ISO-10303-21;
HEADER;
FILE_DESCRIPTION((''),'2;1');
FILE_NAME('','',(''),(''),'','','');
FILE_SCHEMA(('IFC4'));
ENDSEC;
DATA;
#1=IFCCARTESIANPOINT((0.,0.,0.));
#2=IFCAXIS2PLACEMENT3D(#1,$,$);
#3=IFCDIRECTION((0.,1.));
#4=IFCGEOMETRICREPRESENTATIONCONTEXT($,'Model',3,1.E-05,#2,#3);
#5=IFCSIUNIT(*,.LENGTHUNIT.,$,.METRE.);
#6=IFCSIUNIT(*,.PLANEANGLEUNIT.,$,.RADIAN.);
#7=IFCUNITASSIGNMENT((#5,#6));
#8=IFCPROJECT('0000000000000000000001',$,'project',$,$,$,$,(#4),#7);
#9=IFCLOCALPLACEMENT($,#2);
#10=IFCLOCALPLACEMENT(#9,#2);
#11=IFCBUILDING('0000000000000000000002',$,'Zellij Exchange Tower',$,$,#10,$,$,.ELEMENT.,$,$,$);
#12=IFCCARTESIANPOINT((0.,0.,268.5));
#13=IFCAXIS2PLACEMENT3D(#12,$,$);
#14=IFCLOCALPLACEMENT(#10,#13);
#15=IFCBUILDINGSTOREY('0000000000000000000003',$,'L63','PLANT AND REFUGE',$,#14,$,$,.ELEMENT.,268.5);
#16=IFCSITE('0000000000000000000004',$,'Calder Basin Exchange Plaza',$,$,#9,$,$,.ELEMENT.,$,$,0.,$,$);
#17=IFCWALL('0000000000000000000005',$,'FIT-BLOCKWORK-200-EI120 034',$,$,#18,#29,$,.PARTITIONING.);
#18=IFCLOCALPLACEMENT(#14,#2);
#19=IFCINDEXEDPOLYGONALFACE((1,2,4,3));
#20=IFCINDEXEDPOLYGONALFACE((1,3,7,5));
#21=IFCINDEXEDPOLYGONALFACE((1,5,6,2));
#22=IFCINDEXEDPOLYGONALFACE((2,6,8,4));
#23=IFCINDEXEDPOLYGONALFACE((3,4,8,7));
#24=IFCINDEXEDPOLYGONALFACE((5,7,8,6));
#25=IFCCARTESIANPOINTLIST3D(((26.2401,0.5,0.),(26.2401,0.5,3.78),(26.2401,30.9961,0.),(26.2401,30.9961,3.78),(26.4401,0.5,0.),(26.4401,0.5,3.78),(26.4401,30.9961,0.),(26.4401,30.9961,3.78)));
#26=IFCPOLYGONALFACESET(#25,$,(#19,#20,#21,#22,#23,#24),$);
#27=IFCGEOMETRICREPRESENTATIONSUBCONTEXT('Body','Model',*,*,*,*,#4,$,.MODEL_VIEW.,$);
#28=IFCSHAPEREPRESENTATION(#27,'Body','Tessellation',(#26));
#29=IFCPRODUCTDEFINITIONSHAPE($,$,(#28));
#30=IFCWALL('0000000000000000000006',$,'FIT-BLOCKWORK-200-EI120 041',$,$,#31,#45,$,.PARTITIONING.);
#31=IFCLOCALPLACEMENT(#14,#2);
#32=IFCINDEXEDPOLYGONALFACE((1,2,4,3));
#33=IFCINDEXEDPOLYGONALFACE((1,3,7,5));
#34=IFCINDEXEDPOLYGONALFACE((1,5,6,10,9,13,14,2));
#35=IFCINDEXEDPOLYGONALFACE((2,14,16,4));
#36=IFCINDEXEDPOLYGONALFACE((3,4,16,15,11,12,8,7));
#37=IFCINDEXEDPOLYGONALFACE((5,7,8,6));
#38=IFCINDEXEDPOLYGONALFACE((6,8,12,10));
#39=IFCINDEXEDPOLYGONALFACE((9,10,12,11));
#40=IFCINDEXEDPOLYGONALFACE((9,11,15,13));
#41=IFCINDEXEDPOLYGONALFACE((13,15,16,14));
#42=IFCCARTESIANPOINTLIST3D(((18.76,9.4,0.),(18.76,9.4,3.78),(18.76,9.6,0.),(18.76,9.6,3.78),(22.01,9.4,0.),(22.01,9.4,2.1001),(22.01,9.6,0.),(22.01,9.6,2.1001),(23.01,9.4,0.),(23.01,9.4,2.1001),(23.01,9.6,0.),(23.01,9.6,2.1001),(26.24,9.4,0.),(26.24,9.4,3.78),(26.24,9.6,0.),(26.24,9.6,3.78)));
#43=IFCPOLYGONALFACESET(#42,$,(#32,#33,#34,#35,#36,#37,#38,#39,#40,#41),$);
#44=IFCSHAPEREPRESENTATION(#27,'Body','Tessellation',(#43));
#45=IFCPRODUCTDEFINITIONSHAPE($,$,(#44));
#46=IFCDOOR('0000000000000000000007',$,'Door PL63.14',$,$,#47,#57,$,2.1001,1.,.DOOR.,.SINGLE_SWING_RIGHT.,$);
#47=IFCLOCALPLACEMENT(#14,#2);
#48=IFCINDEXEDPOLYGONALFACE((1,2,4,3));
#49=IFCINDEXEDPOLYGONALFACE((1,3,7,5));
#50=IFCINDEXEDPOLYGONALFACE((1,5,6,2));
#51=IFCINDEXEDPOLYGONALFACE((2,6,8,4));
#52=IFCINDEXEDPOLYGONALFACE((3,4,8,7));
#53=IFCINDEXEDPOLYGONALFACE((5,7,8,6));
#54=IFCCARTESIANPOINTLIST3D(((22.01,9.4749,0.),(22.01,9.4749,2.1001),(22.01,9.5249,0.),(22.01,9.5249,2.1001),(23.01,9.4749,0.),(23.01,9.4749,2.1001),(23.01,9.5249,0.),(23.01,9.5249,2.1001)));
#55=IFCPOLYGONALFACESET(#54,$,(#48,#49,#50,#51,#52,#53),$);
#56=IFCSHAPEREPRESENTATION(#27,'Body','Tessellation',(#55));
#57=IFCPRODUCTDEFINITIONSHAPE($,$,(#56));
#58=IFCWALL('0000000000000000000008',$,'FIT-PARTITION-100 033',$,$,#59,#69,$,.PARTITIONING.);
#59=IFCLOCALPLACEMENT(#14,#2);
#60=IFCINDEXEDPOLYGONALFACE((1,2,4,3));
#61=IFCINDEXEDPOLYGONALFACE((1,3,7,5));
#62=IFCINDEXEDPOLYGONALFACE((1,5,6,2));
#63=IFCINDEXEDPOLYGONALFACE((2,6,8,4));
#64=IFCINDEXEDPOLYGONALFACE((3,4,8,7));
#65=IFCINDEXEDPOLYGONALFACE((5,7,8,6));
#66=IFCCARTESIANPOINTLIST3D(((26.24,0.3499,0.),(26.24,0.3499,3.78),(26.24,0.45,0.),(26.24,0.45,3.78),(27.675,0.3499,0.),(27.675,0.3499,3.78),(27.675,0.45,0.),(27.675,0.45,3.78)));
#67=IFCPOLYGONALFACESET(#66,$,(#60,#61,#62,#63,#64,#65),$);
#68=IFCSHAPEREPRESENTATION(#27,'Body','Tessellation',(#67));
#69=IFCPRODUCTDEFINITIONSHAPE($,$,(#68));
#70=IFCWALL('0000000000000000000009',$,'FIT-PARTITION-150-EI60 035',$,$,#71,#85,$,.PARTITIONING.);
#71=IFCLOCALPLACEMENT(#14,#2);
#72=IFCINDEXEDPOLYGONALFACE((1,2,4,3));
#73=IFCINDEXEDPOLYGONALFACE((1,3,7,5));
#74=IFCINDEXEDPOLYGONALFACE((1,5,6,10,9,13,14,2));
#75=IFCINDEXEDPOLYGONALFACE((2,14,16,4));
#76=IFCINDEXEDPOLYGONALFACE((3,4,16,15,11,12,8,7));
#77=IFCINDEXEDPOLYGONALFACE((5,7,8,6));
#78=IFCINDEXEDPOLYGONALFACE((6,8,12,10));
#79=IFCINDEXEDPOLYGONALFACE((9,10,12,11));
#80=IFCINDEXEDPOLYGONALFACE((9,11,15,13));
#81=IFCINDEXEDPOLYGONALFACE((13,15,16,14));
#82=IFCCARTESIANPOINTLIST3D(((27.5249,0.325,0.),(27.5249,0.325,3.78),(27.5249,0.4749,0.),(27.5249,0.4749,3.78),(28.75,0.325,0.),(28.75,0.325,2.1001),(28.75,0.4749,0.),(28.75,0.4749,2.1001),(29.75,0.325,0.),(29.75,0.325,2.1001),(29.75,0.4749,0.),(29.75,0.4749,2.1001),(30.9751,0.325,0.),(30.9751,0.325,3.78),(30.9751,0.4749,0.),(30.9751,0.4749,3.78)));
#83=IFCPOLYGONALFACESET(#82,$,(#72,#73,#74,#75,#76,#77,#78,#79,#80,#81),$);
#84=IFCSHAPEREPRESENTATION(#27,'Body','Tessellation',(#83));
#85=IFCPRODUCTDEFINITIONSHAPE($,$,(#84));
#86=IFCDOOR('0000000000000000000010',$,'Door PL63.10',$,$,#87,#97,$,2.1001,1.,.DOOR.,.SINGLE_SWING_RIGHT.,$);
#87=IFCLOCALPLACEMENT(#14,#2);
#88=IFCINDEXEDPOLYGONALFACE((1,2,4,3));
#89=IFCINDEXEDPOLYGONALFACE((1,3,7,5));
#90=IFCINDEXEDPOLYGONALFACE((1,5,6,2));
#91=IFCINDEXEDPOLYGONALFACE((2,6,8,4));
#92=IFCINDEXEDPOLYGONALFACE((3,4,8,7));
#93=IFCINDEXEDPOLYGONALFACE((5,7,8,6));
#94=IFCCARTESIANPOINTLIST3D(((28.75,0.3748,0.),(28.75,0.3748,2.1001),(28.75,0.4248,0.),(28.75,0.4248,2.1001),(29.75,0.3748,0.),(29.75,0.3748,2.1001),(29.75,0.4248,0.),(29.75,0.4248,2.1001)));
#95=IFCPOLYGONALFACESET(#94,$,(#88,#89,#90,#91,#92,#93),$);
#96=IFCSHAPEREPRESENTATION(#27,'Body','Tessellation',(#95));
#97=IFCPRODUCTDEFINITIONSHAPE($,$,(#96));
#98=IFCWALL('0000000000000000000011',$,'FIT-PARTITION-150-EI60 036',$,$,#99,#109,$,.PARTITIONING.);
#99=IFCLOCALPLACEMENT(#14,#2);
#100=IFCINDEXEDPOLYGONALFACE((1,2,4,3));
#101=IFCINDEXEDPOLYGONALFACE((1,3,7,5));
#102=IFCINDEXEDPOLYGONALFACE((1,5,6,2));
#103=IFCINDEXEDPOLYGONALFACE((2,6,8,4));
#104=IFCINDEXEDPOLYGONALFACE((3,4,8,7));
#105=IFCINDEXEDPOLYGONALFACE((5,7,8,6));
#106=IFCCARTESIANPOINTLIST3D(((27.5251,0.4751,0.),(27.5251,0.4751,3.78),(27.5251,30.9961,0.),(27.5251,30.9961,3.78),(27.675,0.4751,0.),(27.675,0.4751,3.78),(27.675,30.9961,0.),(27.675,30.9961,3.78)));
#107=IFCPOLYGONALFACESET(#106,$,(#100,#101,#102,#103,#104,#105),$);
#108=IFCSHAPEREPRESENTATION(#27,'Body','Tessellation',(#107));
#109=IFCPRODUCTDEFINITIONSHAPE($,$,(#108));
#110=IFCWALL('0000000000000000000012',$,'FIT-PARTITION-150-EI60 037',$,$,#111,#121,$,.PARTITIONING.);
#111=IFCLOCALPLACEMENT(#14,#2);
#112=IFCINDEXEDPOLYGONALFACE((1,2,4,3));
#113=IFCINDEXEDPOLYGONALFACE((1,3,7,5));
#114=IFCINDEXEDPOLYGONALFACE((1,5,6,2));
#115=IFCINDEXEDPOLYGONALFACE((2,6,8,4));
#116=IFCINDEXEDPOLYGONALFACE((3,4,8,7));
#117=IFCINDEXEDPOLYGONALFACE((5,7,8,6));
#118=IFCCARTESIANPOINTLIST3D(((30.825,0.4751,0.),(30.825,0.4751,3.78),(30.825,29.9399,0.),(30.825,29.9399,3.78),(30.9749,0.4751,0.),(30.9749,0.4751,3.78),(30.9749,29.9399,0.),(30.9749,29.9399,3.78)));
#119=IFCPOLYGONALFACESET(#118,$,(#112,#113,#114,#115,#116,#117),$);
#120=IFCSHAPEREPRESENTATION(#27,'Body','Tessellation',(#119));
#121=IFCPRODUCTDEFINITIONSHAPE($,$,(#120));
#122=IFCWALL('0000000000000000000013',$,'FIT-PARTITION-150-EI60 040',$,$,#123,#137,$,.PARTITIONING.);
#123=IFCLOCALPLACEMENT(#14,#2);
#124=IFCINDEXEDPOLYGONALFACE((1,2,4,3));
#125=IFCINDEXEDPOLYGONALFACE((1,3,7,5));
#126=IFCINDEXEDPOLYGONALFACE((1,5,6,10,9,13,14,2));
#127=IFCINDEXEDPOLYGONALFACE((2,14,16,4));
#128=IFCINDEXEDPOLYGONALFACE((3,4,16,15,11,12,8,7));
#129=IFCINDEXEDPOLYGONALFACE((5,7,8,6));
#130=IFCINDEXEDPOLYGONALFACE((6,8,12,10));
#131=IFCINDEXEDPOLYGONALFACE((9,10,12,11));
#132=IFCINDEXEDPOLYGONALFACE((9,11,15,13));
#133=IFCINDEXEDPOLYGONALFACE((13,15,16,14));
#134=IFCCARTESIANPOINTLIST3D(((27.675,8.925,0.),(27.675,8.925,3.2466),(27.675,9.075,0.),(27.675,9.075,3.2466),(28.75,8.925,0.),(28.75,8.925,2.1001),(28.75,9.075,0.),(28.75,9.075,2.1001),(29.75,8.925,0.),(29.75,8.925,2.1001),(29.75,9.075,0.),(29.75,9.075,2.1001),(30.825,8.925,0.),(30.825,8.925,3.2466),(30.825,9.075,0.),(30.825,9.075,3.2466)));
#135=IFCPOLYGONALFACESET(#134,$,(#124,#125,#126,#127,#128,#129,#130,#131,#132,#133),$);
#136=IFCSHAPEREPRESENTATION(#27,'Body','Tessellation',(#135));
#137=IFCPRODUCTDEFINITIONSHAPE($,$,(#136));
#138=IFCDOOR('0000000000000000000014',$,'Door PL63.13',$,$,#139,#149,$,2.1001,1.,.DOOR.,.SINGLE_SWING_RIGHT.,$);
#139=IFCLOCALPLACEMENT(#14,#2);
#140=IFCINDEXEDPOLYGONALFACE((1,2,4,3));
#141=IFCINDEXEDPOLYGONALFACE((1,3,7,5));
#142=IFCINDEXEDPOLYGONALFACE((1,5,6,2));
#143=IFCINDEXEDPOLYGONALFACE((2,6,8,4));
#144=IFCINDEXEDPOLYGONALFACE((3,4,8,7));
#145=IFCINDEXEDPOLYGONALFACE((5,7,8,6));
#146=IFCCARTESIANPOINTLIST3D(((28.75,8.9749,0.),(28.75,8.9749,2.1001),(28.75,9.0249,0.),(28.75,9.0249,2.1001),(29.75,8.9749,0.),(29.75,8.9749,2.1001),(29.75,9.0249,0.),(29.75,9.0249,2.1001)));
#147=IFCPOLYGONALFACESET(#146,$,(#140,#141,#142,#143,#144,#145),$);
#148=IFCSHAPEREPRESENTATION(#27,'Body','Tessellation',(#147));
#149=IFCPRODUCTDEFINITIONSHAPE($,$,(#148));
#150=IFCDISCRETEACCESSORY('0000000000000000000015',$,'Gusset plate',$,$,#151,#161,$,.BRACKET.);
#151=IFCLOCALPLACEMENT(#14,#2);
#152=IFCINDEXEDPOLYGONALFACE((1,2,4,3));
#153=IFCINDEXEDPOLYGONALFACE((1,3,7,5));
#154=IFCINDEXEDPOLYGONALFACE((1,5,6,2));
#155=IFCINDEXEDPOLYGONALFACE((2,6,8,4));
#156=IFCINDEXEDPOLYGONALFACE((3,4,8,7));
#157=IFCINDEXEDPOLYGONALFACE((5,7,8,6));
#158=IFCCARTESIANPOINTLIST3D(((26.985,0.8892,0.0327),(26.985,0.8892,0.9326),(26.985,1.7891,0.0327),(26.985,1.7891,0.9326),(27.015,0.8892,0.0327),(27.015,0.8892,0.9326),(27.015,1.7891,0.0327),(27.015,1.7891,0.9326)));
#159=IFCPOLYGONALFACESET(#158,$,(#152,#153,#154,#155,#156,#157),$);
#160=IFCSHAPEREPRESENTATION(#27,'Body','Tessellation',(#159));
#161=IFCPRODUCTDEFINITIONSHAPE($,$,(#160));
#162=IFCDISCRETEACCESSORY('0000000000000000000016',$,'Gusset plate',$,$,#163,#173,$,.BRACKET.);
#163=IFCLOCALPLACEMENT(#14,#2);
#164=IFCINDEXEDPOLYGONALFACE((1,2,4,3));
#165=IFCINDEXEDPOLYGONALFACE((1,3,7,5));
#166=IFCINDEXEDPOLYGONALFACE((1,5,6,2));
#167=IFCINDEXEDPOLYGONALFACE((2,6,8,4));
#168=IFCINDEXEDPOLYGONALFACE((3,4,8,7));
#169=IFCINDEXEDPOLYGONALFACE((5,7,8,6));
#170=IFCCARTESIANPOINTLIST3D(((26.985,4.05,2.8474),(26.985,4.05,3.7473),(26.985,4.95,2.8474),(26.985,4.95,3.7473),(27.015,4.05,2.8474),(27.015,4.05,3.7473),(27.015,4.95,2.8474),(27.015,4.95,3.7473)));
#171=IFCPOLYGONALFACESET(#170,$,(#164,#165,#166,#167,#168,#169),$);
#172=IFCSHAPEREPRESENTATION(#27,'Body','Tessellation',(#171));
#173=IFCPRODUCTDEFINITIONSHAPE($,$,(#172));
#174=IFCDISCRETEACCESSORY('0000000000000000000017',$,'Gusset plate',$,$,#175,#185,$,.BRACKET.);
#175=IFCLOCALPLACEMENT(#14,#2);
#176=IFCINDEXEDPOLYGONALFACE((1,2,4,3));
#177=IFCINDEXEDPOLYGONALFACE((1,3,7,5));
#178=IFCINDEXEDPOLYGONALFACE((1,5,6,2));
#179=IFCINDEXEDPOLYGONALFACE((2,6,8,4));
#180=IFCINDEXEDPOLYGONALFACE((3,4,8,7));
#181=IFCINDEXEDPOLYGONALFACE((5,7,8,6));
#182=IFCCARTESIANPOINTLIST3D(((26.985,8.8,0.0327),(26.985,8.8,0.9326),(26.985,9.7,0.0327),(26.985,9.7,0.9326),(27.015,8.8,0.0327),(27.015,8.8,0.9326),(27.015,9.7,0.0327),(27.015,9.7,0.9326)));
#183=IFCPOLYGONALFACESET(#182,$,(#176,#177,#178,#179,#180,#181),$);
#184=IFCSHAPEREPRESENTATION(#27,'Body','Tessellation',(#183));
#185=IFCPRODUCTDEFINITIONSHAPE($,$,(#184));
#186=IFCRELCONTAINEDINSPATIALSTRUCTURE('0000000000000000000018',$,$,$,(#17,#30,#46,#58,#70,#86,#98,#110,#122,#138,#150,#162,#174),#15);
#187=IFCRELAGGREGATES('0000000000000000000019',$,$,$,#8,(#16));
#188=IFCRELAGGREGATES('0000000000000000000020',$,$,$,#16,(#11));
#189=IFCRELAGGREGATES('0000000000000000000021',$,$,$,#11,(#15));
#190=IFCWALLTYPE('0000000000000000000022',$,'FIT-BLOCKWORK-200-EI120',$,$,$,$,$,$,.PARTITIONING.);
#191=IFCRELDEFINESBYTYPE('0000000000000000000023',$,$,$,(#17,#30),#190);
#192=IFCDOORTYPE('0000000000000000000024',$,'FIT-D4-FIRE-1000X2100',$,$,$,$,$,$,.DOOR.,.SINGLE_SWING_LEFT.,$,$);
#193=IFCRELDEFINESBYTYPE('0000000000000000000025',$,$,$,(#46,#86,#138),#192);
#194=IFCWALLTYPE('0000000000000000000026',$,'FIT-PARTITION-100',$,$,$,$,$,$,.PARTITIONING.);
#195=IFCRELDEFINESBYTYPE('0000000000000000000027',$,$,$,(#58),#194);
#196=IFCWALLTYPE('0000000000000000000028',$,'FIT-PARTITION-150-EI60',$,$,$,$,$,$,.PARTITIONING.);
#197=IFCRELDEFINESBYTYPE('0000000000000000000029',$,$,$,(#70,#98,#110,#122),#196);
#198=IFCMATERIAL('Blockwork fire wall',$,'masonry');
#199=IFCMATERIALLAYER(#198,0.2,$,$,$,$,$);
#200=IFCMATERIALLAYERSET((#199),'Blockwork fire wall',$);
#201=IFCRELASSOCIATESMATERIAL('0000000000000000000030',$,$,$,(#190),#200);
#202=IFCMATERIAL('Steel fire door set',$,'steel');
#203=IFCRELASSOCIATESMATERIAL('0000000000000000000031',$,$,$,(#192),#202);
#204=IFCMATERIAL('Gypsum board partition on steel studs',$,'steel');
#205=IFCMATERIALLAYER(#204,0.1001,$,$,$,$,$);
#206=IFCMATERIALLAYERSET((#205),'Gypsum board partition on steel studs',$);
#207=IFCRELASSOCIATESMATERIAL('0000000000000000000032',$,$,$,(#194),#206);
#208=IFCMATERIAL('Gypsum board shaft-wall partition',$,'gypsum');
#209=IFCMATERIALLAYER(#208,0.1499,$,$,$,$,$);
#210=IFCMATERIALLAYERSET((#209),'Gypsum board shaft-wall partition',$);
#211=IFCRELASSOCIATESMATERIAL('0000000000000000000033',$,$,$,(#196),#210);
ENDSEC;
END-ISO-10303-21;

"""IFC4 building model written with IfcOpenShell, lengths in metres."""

from ifc_helpers import new_model, si_unit, direction, frame, frame_2d, origin, origin_2d, place, context, subcontext, project, spatial, rectangle, extrude, material, layer, layer_set, type_object, element, fill, save


model = new_model("IFC4")

# Units and contexts
model_context = context("Model", 3, precision=1e-05, world=origin(), true_north=direction((0.0, 1.0)))
body_context = subcontext(model_context, "Body", "Model", "MODEL_VIEW")
ifc_project = project(units=[si_unit("LENGTHUNIT", "METRE"), si_unit("PLANEANGLEUNIT", "RADIAN")], contexts=[model_context])

# Site, building, storey
site_placement = place(None, origin())
site = spatial("IfcSite", under=ifc_project, at=site_placement, Name="Calder Basin Exchange Plaza", CompositionType="ELEMENT", RefElevation=0.0)
building_placement = place(site_placement, origin())
building = spatial("IfcBuilding", under=site, at=building_placement, Name="Zellij Exchange Tower", CompositionType="ELEMENT")
storey_placement = place(building_placement, frame((0.0, 0.0, 268.5)))
storey = spatial("IfcBuildingStorey", under=building, at=storey_placement, Name="L63", Description="PLANT AND REFUGE", CompositionType="ELEMENT", Elevation=268.5)

# Wall
ifc_material_1 = material(Name="Blockwork fire wall", Category="masonry")
ifc_layer_1 = layer(ifc_material_1, 0.2)
ifc_layer_set_1 = layer_set([ifc_layer_1], Name="Blockwork fire wall")
wall_type_1 = type_object("IfcWallType", Name="FIT-BLOCKWORK-200-EI120", PredefinedType="PARTITIONING", material=ifc_layer_set_1)
wall_1_placement = place(storey_placement, frame((26.3401, 0.5, 0.0), z_axis=(0.0, 0.0, 1.0), x_axis=(0.0, 1.0, 0.0)))
element("IfcWall", 1, at=wall_1_placement, inside=storey, type_object=wall_type_1, Name="FIT-BLOCKWORK-200-EI120 034", PredefinedType="PARTITIONING", context=body_context, shape_type="SweptSolid", body=[
    extrude(rectangle(XDim=30.4961, YDim=0.2, at=frame_2d((15.248, 0.0))), origin(), (0.0, 0.0, 1.0), 3.78),
])

# Wall, opening, door
wall_2_placement = place(storey_placement, frame((18.76, 9.5, 0.0), z_axis=(0.0, 0.0, 1.0), x_axis=(1.0, 0.0, 0.0)))
wall_2 = element("IfcWall", 2, at=wall_2_placement, inside=storey, type_object=wall_type_1, Name="FIT-BLOCKWORK-200-EI120 041", PredefinedType="PARTITIONING", context=body_context, shape_type="SweptSolid", body=[
    extrude(rectangle(XDim=7.48, YDim=0.2, at=frame_2d((3.74, 0.0))), origin(), (0.0, 0.0, 1.0), 3.78),
])
opening_1_placement = place(wall_2_placement, frame((3.25, 0.0, 0.0)))
opening_1 = element("IfcOpeningElement", 3, at=opening_1_placement, cuts=wall_2, PredefinedType="OPENING", context=body_context, shape_type="SweptSolid", body=[
    extrude(rectangle(XDim=1.0, YDim=2.1001, at=frame_2d((0.5, 1.05))), frame((0.0, 0.1118, 0.0), z_axis=(0.0, -1.0, 0.0), x_axis=(1.0, 0.0, 0.0)), (0.0, 0.0, 1.0), 0.2239),
])
ifc_material_2 = material(Name="Steel fire door set", Category="steel")
door_type = type_object("IfcDoorType", Name="FIT-D4-FIRE-1000X2100", OperationType="SINGLE_SWING_LEFT", PredefinedType="DOOR", material=ifc_material_2)
door_1_placement = place(opening_1_placement, origin())
door_1 = element("IfcDoor", 4, at=door_1_placement, inside=storey, type_object=door_type, Name="Door PL63.14", OperationType="SINGLE_SWING_RIGHT", OverallHeight=2.1001, OverallWidth=1.0, PredefinedType="DOOR", context=body_context, shape_type="SweptSolid", body=[
    extrude(rectangle(XDim=1.0, YDim=2.1001, at=frame_2d((0.5, 1.05))), frame((0.0, 0.0249, 0.0), z_axis=(0.0, -1.0, 0.0), x_axis=(1.0, 0.0, 0.0)), (0.0, 0.0, 1.0), 0.05),
])
fill(opening_1, door_1)

# Wall
ifc_material_3 = material(Name="Gypsum board partition on steel studs", Category="steel")
ifc_layer_2 = layer(ifc_material_3, 0.1001)
ifc_layer_set_2 = layer_set([ifc_layer_2], Name="Gypsum board partition on steel studs")
wall_type_2 = type_object("IfcWallType", Name="FIT-PARTITION-100", PredefinedType="PARTITIONING", material=ifc_layer_set_2)
wall_3_placement = place(storey_placement, frame((26.24, 0.3999, 0.0), z_axis=(0.0, 0.0, 1.0), x_axis=(1.0, 0.0, 0.0)))
element("IfcWall", 5, at=wall_3_placement, inside=storey, type_object=wall_type_2, Name="FIT-PARTITION-100 033", PredefinedType="PARTITIONING", context=body_context, shape_type="SweptSolid", body=[
    extrude(rectangle(XDim=1.4351, YDim=0.1001, at=frame_2d((0.7175, 0.0))), origin(), (0.0, 0.0, 1.0), 3.78),
])

# Wall, opening, door
ifc_material_4 = material(Name="Gypsum board shaft-wall partition", Category="gypsum")
ifc_layer_3 = layer(ifc_material_4, 0.1499)
ifc_layer_set_3 = layer_set([ifc_layer_3], Name="Gypsum board shaft-wall partition")
wall_type_3 = type_object("IfcWallType", Name="FIT-PARTITION-150-EI60", PredefinedType="PARTITIONING", material=ifc_layer_set_3)
wall_4_placement = place(storey_placement, frame((27.5249, 0.3999, 0.0), z_axis=(0.0, 0.0, 1.0), x_axis=(1.0, 0.0, 0.0)))
wall_4 = element("IfcWall", 6, at=wall_4_placement, inside=storey, type_object=wall_type_3, Name="FIT-PARTITION-150-EI60 035", PredefinedType="PARTITIONING", context=body_context, shape_type="SweptSolid", body=[
    extrude(rectangle(XDim=3.4502, YDim=0.1499, at=frame_2d((1.7251, 0.0))), origin(), (0.0, 0.0, 1.0), 3.78),
])
opening_2_placement = place(wall_4_placement, frame((1.2251, 0.0, 0.0)))
opening_2 = element("IfcOpeningElement", 7, at=opening_2_placement, cuts=wall_4, PredefinedType="OPENING", context=body_context, shape_type="SweptSolid", body=[
    extrude(rectangle(XDim=1.0, YDim=2.1001, at=frame_2d((0.5, 1.05))), frame((0.0, 0.0869, 0.0), z_axis=(0.0, -1.0, 0.0), x_axis=(1.0, 0.0, 0.0)), (0.0, 0.0, 1.0), 0.1738),
])
door_2_placement = place(opening_2_placement, origin())
door_2 = element("IfcDoor", 8, at=door_2_placement, inside=storey, type_object=door_type, Name="Door PL63.10", OperationType="SINGLE_SWING_RIGHT", OverallHeight=2.1001, OverallWidth=1.0, PredefinedType="DOOR", context=body_context, shape_type="SweptSolid", body=[
    extrude(rectangle(XDim=1.0, YDim=2.1001, at=frame_2d((0.5, 1.05))), frame((0.0, 0.0249, 0.0), z_axis=(0.0, -1.0, 0.0), x_axis=(1.0, 0.0, 0.0)), (0.0, 0.0, 1.0), 0.05),
])
fill(opening_2, door_2)

# Walls
wall_5_placement = place(storey_placement, frame((27.6001, 0.4751, 0.0), z_axis=(0.0, 0.0, 1.0), x_axis=(0.0, 1.0, 0.0)))
element("IfcWall", 9, at=wall_5_placement, inside=storey, type_object=wall_type_3, Name="FIT-PARTITION-150-EI60 036", PredefinedType="PARTITIONING", context=body_context, shape_type="SweptSolid", body=[
    extrude(rectangle(XDim=30.521, YDim=0.1499, at=frame_2d((15.2605, 0.0))), origin(), (0.0, 0.0, 1.0), 3.78),
])
wall_6_placement = place(storey_placement, frame((30.8999, 0.4751, 0.0), z_axis=(0.0, 0.0, 1.0), x_axis=(0.0, 1.0, 0.0)))
element("IfcWall", 10, at=wall_6_placement, inside=storey, type_object=wall_type_3, Name="FIT-PARTITION-150-EI60 037", PredefinedType="PARTITIONING", context=body_context, shape_type="SweptSolid", body=[
    extrude(rectangle(XDim=29.4648, YDim=0.1499, at=frame_2d((14.7324, 0.0))), origin(), (0.0, 0.0, 1.0), 3.78),
])

# Wall, opening, door
wall_7_placement = place(storey_placement, frame((27.675, 9.0, 0.0), z_axis=(0.0, 0.0, 1.0), x_axis=(1.0, 0.0, 0.0)))
wall_7 = element("IfcWall", 11, at=wall_7_placement, inside=storey, type_object=wall_type_3, Name="FIT-PARTITION-150-EI60 040", PredefinedType="PARTITIONING", context=body_context, shape_type="SweptSolid", body=[
    extrude(rectangle(XDim=3.1499, YDim=0.1499, at=frame_2d((1.575, 0.0))), origin(), (0.0, 0.0, 1.0), 3.2466),
])
opening_3_placement = place(wall_7_placement, frame((1.075, 0.0, 0.0)))
opening_3 = element("IfcOpeningElement", 12, at=opening_3_placement, cuts=wall_7, PredefinedType="OPENING", context=body_context, shape_type="SweptSolid", body=[
    extrude(rectangle(XDim=1.0, YDim=2.1001, at=frame_2d((0.5, 1.05))), frame((0.0, 0.0869, 0.0), z_axis=(0.0, -1.0, 0.0), x_axis=(1.0, 0.0, 0.0)), (0.0, 0.0, 1.0), 0.1738),
])
door_3_placement = place(opening_3_placement, origin())
door_3 = element("IfcDoor", 13, at=door_3_placement, inside=storey, type_object=door_type, Name="Door PL63.13", OperationType="SINGLE_SWING_RIGHT", OverallHeight=2.1001, OverallWidth=1.0, PredefinedType="DOOR", context=body_context, shape_type="SweptSolid", body=[
    extrude(rectangle(XDim=1.0, YDim=2.1001, at=frame_2d((0.5, 1.05))), frame((0.0, 0.0249, 0.0), z_axis=(0.0, -1.0, 0.0), x_axis=(1.0, 0.0, 0.0)), (0.0, 0.0, 1.0), 0.05),
])
fill(opening_3, door_3)

# Discrete accessories
for number, where, z_axis, x_axis, name in (
    (14, (27.0, 1.3391, 0.0327), (0.0, 0.0, 1.0), (0.0, 1.0, 0.0), "Gusset plate"),
    (15, (27.0, 4.5, 2.8474), (0.0, 0.0, 1.0), (0.0, 1.0, 0.0), "Gusset plate"),
    (16, (27.0, 9.25, 0.0327), (0.0, 0.0, 1.0), (0.0, 1.0, 0.0), "Gusset plate"),
):
    element("IfcDiscreteAccessory", number, at=place(storey_placement, frame(where, z_axis=z_axis, x_axis=x_axis)), inside=storey, Name=name, PredefinedType="BRACKET", context=body_context, shape_type="SweptSolid", body=[
        extrude(rectangle(XDim=0.8999, YDim=0.03, at=origin_2d()), origin(), (0.0, 0.0, 1.0), 0.8999),
    ])

save(model, "model.ifc")
